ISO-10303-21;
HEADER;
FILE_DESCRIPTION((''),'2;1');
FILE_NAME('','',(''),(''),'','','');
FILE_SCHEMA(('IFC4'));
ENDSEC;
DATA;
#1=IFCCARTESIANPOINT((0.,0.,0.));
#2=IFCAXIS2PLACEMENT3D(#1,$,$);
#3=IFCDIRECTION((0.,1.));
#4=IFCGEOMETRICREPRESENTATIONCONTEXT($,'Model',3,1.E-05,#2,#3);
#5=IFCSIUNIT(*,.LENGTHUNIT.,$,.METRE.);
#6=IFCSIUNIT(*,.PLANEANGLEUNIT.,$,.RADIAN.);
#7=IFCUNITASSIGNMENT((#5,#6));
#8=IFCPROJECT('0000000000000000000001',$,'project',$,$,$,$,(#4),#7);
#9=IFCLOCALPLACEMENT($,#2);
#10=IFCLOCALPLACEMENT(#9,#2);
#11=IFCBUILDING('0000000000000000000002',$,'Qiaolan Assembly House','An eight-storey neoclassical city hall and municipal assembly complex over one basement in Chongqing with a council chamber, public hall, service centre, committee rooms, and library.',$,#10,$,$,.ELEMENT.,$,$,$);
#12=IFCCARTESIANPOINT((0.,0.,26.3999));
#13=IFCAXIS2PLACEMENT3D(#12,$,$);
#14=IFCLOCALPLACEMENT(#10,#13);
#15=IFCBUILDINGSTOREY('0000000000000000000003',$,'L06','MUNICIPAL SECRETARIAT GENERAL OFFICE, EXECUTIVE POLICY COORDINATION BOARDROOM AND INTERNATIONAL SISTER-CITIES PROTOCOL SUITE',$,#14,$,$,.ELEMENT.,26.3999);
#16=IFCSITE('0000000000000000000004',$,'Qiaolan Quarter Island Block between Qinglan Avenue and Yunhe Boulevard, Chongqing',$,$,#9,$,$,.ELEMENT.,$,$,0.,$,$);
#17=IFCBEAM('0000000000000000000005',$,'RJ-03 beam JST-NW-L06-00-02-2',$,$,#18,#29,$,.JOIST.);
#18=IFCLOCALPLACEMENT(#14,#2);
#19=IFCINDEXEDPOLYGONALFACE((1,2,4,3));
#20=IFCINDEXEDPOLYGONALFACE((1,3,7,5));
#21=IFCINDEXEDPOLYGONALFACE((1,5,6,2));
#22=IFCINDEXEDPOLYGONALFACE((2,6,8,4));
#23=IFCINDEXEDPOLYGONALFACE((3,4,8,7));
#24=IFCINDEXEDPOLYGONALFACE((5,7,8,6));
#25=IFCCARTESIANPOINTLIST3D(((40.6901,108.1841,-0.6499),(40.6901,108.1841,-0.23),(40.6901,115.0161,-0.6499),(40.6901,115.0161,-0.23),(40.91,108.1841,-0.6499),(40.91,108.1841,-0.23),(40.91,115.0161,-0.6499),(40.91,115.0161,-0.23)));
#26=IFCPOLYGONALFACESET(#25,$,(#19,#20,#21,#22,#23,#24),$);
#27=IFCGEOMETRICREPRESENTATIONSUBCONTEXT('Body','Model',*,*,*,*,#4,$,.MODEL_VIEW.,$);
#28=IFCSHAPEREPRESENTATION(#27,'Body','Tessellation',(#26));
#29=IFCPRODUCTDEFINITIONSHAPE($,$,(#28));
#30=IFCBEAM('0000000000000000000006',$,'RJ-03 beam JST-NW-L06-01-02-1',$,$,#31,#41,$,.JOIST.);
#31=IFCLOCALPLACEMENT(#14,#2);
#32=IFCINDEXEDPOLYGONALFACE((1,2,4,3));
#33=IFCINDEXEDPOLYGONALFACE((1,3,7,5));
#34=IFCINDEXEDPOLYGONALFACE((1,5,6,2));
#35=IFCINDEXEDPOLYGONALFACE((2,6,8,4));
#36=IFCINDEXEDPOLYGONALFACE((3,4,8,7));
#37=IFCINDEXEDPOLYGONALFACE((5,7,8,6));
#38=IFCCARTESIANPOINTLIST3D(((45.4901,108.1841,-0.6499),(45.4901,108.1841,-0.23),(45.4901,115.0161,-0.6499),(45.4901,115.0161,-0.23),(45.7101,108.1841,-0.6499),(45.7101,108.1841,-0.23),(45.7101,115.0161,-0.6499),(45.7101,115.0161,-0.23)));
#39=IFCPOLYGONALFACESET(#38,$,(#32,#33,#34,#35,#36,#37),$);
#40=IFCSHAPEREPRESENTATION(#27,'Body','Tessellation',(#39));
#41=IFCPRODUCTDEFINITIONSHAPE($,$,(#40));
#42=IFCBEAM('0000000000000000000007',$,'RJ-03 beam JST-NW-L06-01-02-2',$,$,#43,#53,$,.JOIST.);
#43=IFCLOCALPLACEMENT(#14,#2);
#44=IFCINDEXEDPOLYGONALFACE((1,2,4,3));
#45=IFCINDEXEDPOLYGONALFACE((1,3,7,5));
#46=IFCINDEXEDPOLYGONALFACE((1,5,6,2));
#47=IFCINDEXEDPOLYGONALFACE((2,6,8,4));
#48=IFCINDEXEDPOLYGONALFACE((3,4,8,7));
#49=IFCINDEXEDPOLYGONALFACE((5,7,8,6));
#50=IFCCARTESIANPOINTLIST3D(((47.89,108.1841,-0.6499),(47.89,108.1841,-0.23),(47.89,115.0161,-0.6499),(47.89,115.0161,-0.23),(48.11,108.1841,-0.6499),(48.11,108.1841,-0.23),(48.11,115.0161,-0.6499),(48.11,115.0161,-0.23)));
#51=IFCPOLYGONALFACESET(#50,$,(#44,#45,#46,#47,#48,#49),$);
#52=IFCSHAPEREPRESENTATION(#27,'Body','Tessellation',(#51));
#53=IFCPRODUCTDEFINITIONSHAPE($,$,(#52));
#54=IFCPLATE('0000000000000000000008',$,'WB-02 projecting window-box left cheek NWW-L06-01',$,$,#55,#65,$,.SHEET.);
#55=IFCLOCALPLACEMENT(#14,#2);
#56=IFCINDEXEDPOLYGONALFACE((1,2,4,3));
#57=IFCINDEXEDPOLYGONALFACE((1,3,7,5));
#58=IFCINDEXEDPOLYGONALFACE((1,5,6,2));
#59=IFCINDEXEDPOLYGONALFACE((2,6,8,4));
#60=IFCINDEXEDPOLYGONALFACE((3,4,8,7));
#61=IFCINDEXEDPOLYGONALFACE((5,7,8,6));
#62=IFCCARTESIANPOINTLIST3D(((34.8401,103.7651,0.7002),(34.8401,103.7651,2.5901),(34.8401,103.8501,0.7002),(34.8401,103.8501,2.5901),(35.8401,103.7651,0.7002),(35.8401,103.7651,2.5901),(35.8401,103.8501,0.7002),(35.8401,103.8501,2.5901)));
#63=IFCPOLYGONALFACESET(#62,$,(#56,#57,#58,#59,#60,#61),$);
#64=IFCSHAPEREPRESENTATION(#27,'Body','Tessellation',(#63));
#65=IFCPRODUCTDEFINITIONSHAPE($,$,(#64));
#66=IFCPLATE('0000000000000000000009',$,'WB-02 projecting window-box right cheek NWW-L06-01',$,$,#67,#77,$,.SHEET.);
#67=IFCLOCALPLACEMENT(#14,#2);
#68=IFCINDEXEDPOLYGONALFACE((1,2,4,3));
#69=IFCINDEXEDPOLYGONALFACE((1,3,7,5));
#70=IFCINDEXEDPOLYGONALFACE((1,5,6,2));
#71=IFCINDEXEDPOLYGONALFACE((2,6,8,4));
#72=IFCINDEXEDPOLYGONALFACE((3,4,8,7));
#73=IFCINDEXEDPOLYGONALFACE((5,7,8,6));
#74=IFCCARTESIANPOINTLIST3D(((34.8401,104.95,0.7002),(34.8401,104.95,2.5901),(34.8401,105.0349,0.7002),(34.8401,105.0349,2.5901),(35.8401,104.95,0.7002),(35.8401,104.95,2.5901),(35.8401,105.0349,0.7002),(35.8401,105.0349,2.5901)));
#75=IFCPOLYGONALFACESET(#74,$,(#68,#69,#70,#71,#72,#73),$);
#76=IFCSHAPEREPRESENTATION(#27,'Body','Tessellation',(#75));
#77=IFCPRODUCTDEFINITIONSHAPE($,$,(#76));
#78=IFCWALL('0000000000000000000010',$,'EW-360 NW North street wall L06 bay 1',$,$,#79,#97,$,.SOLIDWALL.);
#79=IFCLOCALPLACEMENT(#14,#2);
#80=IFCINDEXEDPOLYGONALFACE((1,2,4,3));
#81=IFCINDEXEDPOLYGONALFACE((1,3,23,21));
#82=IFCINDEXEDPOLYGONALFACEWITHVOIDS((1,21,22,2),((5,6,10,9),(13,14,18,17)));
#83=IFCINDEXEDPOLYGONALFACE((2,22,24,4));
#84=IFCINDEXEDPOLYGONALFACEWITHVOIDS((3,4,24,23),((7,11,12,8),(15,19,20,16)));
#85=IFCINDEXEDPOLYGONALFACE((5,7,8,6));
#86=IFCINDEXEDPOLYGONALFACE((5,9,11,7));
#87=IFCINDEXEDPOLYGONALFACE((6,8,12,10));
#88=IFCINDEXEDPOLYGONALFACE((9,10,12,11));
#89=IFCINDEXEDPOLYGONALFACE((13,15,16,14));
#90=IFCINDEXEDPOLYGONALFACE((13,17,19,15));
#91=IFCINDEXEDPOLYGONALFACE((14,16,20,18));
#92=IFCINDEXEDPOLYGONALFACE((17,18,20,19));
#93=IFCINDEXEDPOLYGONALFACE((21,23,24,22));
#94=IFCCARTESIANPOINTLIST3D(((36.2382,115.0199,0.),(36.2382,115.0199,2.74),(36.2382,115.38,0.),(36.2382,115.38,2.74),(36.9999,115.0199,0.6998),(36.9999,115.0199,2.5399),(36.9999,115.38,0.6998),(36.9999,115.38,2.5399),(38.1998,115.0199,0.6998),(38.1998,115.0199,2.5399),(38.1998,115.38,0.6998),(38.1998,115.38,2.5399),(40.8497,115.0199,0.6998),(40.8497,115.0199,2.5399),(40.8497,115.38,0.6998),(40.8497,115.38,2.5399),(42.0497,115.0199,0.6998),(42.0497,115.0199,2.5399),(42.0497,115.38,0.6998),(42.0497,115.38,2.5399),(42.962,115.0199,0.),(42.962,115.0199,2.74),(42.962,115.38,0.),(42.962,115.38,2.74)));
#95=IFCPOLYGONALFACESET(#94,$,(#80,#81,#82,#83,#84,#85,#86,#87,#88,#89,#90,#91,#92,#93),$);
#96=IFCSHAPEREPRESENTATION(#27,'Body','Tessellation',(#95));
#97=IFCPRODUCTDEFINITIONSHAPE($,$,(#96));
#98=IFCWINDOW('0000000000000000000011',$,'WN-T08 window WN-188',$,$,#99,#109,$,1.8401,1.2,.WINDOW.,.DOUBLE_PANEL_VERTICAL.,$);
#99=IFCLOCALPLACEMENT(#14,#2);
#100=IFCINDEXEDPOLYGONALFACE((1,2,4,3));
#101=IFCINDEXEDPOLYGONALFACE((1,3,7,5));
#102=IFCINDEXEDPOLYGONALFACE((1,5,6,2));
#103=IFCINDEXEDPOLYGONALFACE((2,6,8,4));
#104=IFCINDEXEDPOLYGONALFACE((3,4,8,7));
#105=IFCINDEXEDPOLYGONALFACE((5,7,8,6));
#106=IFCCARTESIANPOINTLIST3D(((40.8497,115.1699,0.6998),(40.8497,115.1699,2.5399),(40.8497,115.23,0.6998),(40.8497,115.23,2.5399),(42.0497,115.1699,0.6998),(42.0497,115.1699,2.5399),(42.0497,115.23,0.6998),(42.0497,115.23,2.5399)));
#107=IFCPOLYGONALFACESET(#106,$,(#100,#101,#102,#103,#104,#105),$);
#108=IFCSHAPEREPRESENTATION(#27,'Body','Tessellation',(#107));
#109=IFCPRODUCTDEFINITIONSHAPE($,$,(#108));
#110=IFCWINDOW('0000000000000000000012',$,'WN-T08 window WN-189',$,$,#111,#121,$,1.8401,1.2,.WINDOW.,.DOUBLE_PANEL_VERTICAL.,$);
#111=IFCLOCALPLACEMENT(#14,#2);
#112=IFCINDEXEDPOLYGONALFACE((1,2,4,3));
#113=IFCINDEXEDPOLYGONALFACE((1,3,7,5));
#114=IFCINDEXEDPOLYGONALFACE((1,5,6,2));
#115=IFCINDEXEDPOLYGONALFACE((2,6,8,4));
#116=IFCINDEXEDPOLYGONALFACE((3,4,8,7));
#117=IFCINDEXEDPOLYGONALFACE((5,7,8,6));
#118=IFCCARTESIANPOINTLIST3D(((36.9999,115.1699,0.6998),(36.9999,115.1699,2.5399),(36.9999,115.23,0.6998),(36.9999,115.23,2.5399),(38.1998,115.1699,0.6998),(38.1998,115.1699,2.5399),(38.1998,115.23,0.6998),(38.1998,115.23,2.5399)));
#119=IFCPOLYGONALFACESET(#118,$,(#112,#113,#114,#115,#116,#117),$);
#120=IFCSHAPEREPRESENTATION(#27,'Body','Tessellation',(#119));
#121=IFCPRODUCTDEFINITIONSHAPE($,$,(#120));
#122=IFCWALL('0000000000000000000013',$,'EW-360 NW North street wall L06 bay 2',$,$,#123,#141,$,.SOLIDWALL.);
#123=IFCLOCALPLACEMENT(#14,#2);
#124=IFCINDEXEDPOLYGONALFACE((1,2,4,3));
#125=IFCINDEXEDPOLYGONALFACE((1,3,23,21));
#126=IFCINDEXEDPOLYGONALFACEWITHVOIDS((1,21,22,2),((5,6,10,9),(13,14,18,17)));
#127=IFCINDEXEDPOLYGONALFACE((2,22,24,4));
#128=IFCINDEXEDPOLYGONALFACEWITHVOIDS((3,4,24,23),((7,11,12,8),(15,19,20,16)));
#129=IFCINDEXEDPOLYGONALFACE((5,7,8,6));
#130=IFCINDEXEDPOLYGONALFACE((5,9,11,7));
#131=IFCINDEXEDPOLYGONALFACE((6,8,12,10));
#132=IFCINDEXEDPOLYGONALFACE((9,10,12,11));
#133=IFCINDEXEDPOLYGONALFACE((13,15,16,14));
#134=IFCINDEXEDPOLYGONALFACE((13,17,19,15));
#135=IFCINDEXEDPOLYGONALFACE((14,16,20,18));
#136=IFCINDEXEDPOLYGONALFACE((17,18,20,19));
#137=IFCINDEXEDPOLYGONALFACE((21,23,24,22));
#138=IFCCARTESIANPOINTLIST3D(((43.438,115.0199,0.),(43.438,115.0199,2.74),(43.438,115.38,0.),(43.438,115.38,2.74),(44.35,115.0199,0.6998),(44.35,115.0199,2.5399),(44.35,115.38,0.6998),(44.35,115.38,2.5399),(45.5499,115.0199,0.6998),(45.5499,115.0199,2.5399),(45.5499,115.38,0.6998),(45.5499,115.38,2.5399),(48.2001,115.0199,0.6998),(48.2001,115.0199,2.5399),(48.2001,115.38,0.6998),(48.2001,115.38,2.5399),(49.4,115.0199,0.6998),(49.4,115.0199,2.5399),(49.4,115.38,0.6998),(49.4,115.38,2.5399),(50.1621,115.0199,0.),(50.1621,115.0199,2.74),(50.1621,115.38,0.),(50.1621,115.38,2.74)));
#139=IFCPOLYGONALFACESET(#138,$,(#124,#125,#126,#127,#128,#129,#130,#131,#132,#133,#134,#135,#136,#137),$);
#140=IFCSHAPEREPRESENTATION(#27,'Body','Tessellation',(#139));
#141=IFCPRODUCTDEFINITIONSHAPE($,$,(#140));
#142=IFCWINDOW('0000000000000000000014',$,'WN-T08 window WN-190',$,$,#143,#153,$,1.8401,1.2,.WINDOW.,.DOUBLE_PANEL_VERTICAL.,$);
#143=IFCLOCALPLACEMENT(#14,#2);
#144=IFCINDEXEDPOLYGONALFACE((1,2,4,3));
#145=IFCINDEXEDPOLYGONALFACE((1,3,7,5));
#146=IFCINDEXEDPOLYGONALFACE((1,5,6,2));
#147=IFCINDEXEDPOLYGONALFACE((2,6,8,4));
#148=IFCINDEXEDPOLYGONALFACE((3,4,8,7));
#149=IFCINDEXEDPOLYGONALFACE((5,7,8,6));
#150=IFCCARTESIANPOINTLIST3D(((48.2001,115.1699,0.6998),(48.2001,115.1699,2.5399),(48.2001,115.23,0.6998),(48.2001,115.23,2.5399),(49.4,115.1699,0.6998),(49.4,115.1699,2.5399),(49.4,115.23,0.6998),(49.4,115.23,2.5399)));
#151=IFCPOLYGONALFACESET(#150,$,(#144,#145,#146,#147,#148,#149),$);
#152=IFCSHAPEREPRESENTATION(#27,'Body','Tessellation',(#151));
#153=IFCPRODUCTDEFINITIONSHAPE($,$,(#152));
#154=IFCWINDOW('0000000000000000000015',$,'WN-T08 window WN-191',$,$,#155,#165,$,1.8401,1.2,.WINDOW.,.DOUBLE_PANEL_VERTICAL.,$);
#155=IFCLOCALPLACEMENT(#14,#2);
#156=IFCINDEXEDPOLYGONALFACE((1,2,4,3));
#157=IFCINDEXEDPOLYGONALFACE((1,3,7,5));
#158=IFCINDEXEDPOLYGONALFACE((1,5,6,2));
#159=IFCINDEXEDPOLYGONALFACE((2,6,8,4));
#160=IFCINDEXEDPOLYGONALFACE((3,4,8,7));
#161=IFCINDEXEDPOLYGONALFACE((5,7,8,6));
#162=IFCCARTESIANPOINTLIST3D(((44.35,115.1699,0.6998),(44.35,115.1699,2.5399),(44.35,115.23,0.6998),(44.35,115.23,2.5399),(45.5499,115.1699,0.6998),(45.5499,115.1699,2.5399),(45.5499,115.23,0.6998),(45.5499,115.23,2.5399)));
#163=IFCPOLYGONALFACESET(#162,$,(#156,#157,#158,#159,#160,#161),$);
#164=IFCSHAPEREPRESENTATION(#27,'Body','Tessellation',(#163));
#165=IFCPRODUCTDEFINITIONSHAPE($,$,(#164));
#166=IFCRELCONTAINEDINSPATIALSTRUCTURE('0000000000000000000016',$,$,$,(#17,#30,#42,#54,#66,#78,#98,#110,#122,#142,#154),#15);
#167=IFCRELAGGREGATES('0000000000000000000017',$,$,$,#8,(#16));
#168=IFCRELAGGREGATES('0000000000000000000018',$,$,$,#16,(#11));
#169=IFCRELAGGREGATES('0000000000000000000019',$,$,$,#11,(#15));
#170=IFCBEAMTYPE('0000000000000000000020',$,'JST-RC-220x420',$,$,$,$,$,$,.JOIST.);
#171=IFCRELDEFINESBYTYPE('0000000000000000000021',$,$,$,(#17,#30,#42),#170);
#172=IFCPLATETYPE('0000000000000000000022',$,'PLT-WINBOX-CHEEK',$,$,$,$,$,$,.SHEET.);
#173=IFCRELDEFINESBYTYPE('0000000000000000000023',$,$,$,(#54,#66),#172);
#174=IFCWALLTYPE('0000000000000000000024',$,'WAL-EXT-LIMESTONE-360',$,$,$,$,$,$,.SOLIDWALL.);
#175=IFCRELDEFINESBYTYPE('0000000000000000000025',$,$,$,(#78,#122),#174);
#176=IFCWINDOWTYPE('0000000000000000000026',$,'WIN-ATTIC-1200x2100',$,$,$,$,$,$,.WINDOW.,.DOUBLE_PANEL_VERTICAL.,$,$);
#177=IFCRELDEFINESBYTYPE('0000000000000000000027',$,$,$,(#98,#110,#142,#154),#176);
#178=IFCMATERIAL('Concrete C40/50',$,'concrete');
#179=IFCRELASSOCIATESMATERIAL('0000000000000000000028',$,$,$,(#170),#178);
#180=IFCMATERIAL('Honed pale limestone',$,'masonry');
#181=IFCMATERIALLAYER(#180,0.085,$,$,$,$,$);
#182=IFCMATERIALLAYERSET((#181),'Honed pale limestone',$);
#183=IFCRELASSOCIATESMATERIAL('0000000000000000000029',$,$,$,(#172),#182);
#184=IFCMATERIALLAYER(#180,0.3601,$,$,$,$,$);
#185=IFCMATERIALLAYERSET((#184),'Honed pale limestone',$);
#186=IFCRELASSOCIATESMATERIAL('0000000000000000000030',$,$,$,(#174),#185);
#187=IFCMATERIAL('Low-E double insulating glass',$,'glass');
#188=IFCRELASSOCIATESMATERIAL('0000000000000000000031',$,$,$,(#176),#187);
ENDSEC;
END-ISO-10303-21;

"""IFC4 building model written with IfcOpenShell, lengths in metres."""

from ifc_helpers import new_model, si_unit, direction, frame, frame_2d, origin, origin_2d, place, context, subcontext, project, spatial, rectangle, extrude, material, layer, layer_set, material_profile, profile_set, type_object, element, fill, save


model = new_model("IFC4")

# Units and contexts
model_context = context("Model", 3, precision=1e-05, world=origin(), true_north=direction((0.0, 1.0)))
body_context = subcontext(model_context, "Body", "Model", "MODEL_VIEW")
ifc_project = project(units=[si_unit("LENGTHUNIT", "METRE"), si_unit("PLANEANGLEUNIT", "RADIAN")], contexts=[model_context])

# Site, building, storey
site_placement = place(None, origin())
site = spatial("IfcSite", under=ifc_project, at=site_placement, Name="Qiaolan Quarter Island Block between Qinglan Avenue and Yunhe Boulevard, Chongqing", CompositionType="ELEMENT", RefElevation=0.0)
building_placement = place(site_placement, origin())
building = spatial("IfcBuilding", under=site, at=building_placement, Name="Qiaolan Assembly House", Description="An eight-storey neoclassical city hall and municipal assembly complex over one basement in Chongqing with a council chamber, public hall, service centre, committee rooms, and library.", CompositionType="ELEMENT")
storey_placement = place(building_placement, frame((0.0, 0.0, 26.3999)))
storey = spatial("IfcBuildingStorey", under=building, at=storey_placement, Name="L06", Description="MUNICIPAL SECRETARIAT GENERAL OFFICE, EXECUTIVE POLICY COORDINATION BOARDROOM AND INTERNATIONAL SISTER-CITIES PROTOCOL SUITE", CompositionType="ELEMENT", Elevation=26.3999)

# Shared definitions
ifc_material_1 = material(Name="Concrete C40/50", Category="concrete")

# Beams
ifc_material_profile_1 = material_profile(ifc_material_1, rectangle(XDim=0.22, YDim=0.4199, at=origin_2d()), Name="RCB 220x420")
ifc_profile_set_1 = profile_set([ifc_material_profile_1], Name="Concrete C40/50")
beam_type_1 = type_object("IfcBeamType", Name="JST-RC-220x420", PredefinedType="JOIST", material=ifc_profile_set_1)
for number, where, z_axis, x_axis, name in (
    (1, (40.8, 108.1841, -0.4399), (0.0, 1.0, 0.0), (-1.0, 0.0, 0.0), "RJ-03 beam JST-NW-L06-00-02-2"),
    (2, (45.6001, 108.1841, -0.4399), (0.0, 1.0, 0.0), (-1.0, 0.0, 0.0), "RJ-03 beam JST-NW-L06-01-02-1"),
    (3, (48.0, 108.1841, -0.4399), (0.0, 1.0, 0.0), (-1.0, 0.0, 0.0), "RJ-03 beam JST-NW-L06-01-02-2"),
):
    element("IfcBeam", number, at=place(storey_placement, frame(where, z_axis=z_axis, x_axis=x_axis)), inside=storey, type_object=beam_type_1, Name=name, PredefinedType="JOIST", context=body_context, shape_type="SweptSolid", body=[
        extrude(rectangle(XDim=0.22, YDim=0.4199, at=origin_2d()), origin(), (0.0, 0.0, 1.0), 6.832),
    ])

# Plates
ifc_material_2 = material(Name="Honed pale limestone", Category="masonry")
ifc_layer_1 = layer(ifc_material_2, 0.085)
ifc_layer_set_1 = layer_set([ifc_layer_1], Name="Honed pale limestone")
plate_type = type_object("IfcPlateType", Name="PLT-WINBOX-CHEEK", PredefinedType="SHEET", material=ifc_layer_set_1)
for number, where, z_axis, x_axis, name in (
    (4, (35.3401, 103.8076, 0.7002), (0.0, 0.0, 1.0), (1.0, 0.0, 0.0), "WB-02 projecting window-box left cheek NWW-L06-01"),
    (5, (35.3401, 104.9924, 0.7002), (0.0, 0.0, 1.0), (1.0, 0.0, 0.0), "WB-02 projecting window-box right cheek NWW-L06-01"),
):
    element("IfcPlate", number, at=place(storey_placement, frame(where, z_axis=z_axis, x_axis=x_axis)), inside=storey, type_object=plate_type, Name=name, PredefinedType="SHEET", context=body_context, shape_type="SweptSolid", body=[
        extrude(rectangle(XDim=1.0, YDim=0.085, at=origin_2d()), origin(), (0.0, 0.0, 1.0), 1.8899),
    ])

# Walls, openings, windows
ifc_layer_2 = layer(ifc_material_2, 0.3601)
ifc_layer_set_2 = layer_set([ifc_layer_2], Name="Honed pale limestone")
wall_type_1 = type_object("IfcWallType", Name="WAL-EXT-LIMESTONE-360", PredefinedType="SOLIDWALL", material=ifc_layer_set_2)
wall_1_placement = place(storey_placement, frame((42.9619, 115.2, 0.0), z_axis=(0.0, 0.0, 1.0), x_axis=(-1.0, 0.0, 0.0)))
wall_1 = element("IfcWall", 6, at=wall_1_placement, inside=storey, type_object=wall_type_1, Name="EW-360 NW North street wall L06 bay 1", PredefinedType="SOLIDWALL", context=body_context, shape_type="SweptSolid", body=[
    extrude(rectangle(XDim=6.7239, YDim=0.3601, at=frame_2d((3.3618, 0.0))), origin(), (0.0, 0.0, 1.0), 2.74),
])
opening_1_placement = place(wall_1_placement, frame((0.9121, 0.0, 0.7)))
opening_1 = element("IfcOpeningElement", 7, at=opening_1_placement, cuts=wall_1, PredefinedType="OPENING", context=body_context, shape_type="SweptSolid", body=[
    extrude(rectangle(XDim=1.2, YDim=1.8401, at=frame_2d((0.6001, 0.9199))), frame((0.0, 0.1899, 0.0), z_axis=(0.0, -1.0, 0.0), x_axis=(1.0, 0.0, 0.0)), (0.0, 0.0, 1.0), 0.3801),
])
opening_2_placement = place(wall_1_placement, frame((4.762, 0.0, 0.7)))
opening_2 = element("IfcOpeningElement", 8, at=opening_2_placement, cuts=wall_1, PredefinedType="OPENING", context=body_context, shape_type="SweptSolid", body=[
    extrude(rectangle(XDim=1.2, YDim=1.8401, at=frame_2d((0.6001, 0.9199))), frame((0.0, 0.1899, 0.0), z_axis=(0.0, -1.0, 0.0), x_axis=(1.0, 0.0, 0.0)), (0.0, 0.0, 1.0), 0.3801),
])
ifc_material_3 = material(Name="Low-E double insulating glass", Category="glass")
window_type_1 = type_object("IfcWindowType", Name="WIN-ATTIC-1200x2100", PartitioningType="DOUBLE_PANEL_VERTICAL", PredefinedType="WINDOW", material=ifc_material_3)
window_1_placement = place(opening_1_placement, origin())
window_1 = element("IfcWindow", 9, at=window_1_placement, inside=storey, type_object=window_type_1, Name="WN-T08 window WN-188", OverallHeight=1.8401, OverallWidth=1.2, PartitioningType="DOUBLE_PANEL_VERTICAL", PredefinedType="WINDOW", context=body_context, shape_type="SweptSolid", body=[
    extrude(rectangle(XDim=1.2, YDim=1.8401, at=frame_2d((0.6001, 0.9199))), frame((0.0, 0.03, 0.0), z_axis=(0.0, -1.0, 0.0), x_axis=(1.0, 0.0, 0.0)), (0.0, 0.0, 1.0), 0.0601),
])
fill(opening_1, window_1)
window_2_placement = place(opening_2_placement, origin())
window_2 = element("IfcWindow", 10, at=window_2_placement, inside=storey, type_object=window_type_1, Name="WN-T08 window WN-189", OverallHeight=1.8401, OverallWidth=1.2, PartitioningType="DOUBLE_PANEL_VERTICAL", PredefinedType="WINDOW", context=body_context, shape_type="SweptSolid", body=[
    extrude(rectangle(XDim=1.2, YDim=1.8401, at=frame_2d((0.6001, 0.9199))), frame((0.0, 0.03, 0.0), z_axis=(0.0, -1.0, 0.0), x_axis=(1.0, 0.0, 0.0)), (0.0, 0.0, 1.0), 0.0601),
])
fill(opening_2, window_2)
wall_2_placement = place(storey_placement, frame((50.1621, 115.2, 0.0), z_axis=(0.0, 0.0, 1.0), x_axis=(-1.0, 0.0, 0.0)))
wall_2 = element("IfcWall", 11, at=wall_2_placement, inside=storey, type_object=wall_type_1, Name="EW-360 NW North street wall L06 bay 2", PredefinedType="SOLIDWALL", context=body_context, shape_type="SweptSolid", body=[
    extrude(rectangle(XDim=6.7241, YDim=0.3601, at=frame_2d((3.3621, 0.0))), origin(), (0.0, 0.0, 1.0), 2.74),
])
opening_3_placement = place(wall_2_placement, frame((0.762, 0.0, 0.7)))
opening_3 = element("IfcOpeningElement", 12, at=opening_3_placement, cuts=wall_2, PredefinedType="OPENING", context=body_context, shape_type="SweptSolid", body=[
    extrude(rectangle(XDim=1.2, YDim=1.8401, at=frame_2d((0.6001, 0.9199))), frame((0.0, 0.1899, 0.0), z_axis=(0.0, -1.0, 0.0), x_axis=(1.0, 0.0, 0.0)), (0.0, 0.0, 1.0), 0.3801),
])
opening_4_placement = place(wall_2_placement, frame((4.6121, 0.0, 0.7)))
opening_4 = element("IfcOpeningElement", 13, at=opening_4_placement, cuts=wall_2, PredefinedType="OPENING", context=body_context, shape_type="SweptSolid", body=[
    extrude(rectangle(XDim=1.2, YDim=1.8401, at=frame_2d((0.6001, 0.9199))), frame((0.0, 0.1899, 0.0), z_axis=(0.0, -1.0, 0.0), x_axis=(1.0, 0.0, 0.0)), (0.0, 0.0, 1.0), 0.3801),
])
window_3_placement = place(opening_3_placement, origin())
window_3 = element("IfcWindow", 14, at=window_3_placement, inside=storey, type_object=window_type_1, Name="WN-T08 window WN-190", OverallHeight=1.8401, OverallWidth=1.2, PartitioningType="DOUBLE_PANEL_VERTICAL", PredefinedType="WINDOW", context=body_context, shape_type="SweptSolid", body=[
    extrude(rectangle(XDim=1.2, YDim=1.8401, at=frame_2d((0.6001, 0.9199))), frame((0.0, 0.03, 0.0), z_axis=(0.0, -1.0, 0.0), x_axis=(1.0, 0.0, 0.0)), (0.0, 0.0, 1.0), 0.0601),
])
fill(opening_3, window_3)
window_4_placement = place(opening_4_placement, origin())
window_4 = element("IfcWindow", 15, at=window_4_placement, inside=storey, type_object=window_type_1, Name="WN-T08 window WN-191", OverallHeight=1.8401, OverallWidth=1.2, PartitioningType="DOUBLE_PANEL_VERTICAL", PredefinedType="WINDOW", context=body_context, shape_type="SweptSolid", body=[
    extrude(rectangle(XDim=1.2, YDim=1.8401, at=frame_2d((0.6001, 0.9199))), frame((0.0, 0.03, 0.0), z_axis=(0.0, -1.0, 0.0), x_axis=(1.0, 0.0, 0.0)), (0.0, 0.0, 1.0), 0.0601),
])
fill(opening_4, window_4)

save(model, "model.ifc")
